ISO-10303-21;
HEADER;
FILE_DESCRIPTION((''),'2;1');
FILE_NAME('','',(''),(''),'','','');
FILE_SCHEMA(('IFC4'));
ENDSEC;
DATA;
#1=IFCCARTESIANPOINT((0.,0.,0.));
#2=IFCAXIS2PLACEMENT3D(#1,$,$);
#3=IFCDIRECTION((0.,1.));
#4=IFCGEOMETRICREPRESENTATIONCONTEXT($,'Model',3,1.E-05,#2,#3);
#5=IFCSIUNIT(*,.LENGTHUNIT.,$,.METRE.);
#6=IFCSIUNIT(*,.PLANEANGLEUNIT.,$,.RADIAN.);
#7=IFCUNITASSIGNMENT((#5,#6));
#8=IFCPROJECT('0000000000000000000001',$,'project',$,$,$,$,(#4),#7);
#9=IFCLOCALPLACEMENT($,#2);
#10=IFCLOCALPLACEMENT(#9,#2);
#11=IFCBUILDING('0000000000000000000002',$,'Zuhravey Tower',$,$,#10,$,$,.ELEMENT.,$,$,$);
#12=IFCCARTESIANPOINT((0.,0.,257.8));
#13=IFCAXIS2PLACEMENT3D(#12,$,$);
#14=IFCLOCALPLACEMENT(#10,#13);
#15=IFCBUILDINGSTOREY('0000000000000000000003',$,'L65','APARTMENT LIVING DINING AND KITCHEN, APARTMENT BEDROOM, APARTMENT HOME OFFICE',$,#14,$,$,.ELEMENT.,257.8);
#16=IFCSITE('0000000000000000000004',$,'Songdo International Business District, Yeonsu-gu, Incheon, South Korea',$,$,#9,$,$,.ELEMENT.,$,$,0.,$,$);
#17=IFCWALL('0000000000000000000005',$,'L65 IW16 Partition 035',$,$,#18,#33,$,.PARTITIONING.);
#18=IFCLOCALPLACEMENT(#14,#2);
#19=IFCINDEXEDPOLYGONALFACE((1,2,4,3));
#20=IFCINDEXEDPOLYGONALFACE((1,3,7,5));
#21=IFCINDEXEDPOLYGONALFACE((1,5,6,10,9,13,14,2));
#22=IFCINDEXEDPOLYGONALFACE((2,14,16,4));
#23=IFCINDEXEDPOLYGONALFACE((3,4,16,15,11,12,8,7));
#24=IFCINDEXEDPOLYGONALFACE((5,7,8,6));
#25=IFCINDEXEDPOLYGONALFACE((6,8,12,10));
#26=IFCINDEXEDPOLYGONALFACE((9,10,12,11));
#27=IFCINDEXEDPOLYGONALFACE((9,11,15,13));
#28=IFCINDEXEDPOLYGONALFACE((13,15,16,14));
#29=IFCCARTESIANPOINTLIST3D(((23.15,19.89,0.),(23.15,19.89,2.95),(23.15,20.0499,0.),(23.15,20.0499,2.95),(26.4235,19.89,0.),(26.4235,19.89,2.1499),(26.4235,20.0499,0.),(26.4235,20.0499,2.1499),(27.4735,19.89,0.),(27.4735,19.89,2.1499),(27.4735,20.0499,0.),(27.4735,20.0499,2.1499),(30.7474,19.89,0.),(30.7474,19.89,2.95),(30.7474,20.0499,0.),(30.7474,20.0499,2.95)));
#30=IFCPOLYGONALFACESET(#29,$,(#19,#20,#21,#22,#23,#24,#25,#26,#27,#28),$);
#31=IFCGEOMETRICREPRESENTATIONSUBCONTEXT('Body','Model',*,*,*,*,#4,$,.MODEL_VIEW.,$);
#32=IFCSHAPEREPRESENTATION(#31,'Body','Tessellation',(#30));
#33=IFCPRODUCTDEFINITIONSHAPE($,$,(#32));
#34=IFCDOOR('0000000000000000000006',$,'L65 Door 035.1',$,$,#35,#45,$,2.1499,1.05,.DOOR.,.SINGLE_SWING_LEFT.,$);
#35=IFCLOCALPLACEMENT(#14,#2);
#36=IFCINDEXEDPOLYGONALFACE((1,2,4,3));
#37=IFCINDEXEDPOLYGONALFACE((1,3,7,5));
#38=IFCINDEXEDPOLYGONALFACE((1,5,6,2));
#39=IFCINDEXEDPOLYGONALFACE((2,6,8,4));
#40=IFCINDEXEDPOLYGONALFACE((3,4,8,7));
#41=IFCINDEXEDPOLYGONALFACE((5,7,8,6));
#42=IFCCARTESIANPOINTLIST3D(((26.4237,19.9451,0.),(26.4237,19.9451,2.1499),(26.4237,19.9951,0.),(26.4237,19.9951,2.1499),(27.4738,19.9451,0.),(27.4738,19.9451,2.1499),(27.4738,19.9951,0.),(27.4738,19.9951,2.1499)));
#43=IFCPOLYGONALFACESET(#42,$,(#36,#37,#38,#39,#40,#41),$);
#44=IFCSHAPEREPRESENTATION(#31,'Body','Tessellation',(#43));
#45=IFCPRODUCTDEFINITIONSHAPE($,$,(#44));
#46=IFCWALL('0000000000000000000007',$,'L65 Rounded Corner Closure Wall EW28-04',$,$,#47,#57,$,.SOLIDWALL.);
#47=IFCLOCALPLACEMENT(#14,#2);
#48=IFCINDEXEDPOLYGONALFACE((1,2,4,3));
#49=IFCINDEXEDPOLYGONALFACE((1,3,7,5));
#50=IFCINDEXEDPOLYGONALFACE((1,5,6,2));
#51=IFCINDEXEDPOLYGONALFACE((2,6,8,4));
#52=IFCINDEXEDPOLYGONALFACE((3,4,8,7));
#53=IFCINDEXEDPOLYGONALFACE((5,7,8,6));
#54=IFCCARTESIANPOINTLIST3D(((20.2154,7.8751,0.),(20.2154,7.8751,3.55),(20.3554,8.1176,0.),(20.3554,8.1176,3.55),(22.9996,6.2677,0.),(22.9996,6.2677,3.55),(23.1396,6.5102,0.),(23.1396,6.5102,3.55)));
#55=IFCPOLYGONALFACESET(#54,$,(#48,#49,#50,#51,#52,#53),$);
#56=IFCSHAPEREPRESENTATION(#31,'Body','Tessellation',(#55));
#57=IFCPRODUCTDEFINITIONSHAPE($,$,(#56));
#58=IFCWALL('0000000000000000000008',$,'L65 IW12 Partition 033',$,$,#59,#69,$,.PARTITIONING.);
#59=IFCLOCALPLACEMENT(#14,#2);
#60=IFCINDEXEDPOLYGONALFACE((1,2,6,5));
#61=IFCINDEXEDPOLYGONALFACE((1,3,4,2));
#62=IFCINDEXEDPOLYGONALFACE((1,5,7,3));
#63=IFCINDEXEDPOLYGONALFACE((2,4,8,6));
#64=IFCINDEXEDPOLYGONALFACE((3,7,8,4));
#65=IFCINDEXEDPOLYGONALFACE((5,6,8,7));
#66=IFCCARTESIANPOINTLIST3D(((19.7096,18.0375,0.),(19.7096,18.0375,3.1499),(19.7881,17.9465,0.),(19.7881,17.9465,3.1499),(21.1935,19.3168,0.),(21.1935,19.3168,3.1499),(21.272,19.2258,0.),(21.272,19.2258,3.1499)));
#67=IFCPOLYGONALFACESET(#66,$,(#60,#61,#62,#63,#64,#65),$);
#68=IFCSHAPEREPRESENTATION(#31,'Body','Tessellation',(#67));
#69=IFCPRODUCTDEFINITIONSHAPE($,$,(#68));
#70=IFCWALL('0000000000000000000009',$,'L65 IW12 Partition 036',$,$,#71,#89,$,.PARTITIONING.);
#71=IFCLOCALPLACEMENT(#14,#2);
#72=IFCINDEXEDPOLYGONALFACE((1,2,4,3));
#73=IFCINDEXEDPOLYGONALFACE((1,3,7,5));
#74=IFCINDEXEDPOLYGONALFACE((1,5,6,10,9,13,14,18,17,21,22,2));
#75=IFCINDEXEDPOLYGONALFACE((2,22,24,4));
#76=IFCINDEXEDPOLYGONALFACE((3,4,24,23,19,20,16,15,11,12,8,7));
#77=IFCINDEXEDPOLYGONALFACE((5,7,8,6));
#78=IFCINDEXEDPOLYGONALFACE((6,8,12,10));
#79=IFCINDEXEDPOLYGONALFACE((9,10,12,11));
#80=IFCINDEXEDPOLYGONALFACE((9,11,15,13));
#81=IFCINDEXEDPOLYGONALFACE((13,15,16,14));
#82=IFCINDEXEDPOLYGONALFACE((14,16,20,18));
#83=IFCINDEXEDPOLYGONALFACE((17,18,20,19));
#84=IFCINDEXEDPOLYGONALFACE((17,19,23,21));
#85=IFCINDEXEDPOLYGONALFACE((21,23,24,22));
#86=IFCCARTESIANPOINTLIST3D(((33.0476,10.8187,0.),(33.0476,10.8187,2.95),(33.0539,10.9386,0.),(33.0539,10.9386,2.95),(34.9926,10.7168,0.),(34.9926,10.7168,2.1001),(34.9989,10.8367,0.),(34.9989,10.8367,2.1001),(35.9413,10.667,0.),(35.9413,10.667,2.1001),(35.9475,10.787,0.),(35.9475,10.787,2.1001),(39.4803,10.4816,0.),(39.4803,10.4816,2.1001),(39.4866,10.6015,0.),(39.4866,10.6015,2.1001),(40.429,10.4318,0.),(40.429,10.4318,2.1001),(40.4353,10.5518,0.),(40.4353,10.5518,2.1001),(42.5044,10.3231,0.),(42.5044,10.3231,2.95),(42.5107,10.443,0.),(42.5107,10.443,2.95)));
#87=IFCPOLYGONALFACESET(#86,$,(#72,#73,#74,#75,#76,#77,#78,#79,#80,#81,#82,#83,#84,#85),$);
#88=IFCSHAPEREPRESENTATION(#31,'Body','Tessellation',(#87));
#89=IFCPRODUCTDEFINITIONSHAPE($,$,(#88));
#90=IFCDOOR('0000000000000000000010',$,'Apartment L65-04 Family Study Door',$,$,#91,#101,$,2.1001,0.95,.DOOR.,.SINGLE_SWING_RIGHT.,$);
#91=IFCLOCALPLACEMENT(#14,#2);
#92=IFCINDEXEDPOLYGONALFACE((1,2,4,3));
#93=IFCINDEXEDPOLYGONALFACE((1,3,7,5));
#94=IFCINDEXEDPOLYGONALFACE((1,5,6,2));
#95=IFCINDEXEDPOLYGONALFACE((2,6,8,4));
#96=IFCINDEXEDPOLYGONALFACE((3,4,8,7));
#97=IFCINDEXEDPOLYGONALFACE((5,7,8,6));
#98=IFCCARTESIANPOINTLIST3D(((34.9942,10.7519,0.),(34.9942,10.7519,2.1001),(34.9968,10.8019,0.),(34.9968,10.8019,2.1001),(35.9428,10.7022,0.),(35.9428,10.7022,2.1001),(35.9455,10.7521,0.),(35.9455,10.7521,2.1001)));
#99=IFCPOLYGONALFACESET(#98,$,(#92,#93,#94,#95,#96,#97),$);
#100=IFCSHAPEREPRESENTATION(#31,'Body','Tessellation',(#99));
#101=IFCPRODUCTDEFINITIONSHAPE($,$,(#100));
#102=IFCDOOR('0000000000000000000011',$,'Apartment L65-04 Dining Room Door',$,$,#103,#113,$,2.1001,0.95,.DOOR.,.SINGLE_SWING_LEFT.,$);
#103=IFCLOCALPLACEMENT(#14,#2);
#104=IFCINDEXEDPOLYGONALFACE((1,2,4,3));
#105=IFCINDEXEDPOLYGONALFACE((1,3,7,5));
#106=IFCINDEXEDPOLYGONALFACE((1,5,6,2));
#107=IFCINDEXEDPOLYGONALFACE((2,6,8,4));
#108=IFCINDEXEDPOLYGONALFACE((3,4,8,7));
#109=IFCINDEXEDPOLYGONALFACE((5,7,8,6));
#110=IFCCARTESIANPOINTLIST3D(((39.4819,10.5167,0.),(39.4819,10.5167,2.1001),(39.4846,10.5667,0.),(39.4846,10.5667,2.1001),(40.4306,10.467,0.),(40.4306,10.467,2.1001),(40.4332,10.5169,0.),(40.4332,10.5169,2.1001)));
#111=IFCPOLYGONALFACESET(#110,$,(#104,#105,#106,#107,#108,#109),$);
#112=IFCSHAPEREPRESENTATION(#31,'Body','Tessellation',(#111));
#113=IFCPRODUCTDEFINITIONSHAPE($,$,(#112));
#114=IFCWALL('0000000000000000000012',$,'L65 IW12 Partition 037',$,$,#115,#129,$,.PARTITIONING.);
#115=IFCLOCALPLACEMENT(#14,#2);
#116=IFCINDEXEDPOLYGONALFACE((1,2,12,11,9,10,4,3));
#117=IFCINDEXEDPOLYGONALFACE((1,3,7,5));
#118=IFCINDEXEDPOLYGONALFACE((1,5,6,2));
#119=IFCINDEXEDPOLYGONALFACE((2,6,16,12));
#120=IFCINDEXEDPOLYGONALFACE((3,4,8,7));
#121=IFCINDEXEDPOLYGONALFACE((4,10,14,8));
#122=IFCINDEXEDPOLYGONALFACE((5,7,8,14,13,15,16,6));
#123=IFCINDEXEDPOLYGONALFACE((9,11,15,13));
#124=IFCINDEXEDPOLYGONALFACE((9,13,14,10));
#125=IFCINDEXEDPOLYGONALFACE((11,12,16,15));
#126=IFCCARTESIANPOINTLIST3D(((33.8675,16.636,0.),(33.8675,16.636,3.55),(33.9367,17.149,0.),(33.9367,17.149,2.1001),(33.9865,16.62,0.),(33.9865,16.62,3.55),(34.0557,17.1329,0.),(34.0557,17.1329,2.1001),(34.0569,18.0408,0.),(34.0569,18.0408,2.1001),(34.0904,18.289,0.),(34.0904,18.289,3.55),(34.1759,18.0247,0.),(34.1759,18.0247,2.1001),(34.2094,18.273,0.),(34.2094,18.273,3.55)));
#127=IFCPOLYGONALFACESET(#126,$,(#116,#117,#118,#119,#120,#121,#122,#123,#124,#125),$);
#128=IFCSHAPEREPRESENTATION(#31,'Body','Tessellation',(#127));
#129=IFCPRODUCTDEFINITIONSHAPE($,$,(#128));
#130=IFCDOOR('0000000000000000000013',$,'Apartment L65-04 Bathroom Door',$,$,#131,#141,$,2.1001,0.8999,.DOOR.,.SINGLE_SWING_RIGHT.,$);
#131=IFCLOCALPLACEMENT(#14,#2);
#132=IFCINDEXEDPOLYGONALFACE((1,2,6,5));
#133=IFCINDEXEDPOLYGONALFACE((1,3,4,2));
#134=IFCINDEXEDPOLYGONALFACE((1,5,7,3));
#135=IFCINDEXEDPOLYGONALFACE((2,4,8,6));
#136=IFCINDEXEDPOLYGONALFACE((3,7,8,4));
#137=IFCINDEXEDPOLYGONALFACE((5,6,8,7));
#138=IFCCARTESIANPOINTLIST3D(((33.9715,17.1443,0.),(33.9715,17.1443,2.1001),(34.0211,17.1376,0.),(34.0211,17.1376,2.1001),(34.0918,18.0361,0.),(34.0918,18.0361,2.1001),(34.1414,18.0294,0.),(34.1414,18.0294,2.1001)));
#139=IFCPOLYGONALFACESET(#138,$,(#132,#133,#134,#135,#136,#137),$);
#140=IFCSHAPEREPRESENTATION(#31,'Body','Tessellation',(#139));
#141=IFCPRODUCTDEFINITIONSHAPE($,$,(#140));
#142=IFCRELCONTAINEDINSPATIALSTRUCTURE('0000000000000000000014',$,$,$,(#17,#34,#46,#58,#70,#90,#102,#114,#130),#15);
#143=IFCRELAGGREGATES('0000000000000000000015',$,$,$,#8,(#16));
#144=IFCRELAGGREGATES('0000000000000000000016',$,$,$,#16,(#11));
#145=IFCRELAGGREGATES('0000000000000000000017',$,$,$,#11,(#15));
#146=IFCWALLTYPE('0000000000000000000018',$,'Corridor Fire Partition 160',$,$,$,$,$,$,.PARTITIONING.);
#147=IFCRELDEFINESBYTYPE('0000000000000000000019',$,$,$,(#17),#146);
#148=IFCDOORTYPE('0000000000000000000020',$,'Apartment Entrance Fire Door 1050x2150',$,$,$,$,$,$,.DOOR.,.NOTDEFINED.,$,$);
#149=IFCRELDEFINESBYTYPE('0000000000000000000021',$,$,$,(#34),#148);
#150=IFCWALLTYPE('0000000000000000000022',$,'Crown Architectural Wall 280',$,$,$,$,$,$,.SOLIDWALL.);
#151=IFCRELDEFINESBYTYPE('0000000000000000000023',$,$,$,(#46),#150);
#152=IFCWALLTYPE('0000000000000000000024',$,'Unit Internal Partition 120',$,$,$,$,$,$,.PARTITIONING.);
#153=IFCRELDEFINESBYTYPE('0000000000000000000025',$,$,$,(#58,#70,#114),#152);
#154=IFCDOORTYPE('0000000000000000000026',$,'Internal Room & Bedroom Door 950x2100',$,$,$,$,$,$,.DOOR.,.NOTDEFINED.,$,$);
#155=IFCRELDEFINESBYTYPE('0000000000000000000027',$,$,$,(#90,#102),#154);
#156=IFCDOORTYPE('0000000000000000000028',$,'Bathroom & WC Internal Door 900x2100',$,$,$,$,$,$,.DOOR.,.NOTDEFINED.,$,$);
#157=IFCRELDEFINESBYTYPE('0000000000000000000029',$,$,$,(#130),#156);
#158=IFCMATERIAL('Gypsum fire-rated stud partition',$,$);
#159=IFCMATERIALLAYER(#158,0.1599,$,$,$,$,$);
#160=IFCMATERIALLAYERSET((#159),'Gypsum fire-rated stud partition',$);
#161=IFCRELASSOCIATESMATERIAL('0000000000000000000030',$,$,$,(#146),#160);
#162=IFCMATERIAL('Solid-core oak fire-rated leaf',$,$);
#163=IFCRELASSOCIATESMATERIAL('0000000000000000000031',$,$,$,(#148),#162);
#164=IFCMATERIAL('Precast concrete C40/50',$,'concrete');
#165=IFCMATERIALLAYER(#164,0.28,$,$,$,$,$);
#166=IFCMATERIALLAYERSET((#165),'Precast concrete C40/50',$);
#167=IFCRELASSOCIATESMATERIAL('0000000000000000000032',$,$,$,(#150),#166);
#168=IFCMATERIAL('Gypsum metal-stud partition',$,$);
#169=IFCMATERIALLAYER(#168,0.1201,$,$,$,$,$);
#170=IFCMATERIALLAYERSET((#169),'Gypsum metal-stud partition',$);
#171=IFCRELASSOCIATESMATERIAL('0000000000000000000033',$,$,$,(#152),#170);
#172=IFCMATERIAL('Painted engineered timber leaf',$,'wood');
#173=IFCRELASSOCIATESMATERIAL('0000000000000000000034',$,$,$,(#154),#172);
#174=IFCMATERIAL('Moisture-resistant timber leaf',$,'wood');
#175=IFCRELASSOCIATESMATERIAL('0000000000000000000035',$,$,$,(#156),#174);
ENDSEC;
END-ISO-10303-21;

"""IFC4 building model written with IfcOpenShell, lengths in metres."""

from ifc_helpers import new_model, si_unit, direction, frame, frame_2d, origin, place, context, subcontext, project, spatial, rectangle, extrude, material, layer, layer_set, type_object, element, fill, save


model = new_model("IFC4")

# Units and contexts
model_context = context("Model", 3, precision=1e-05, world=origin(), true_north=direction((0.0, 1.0)))
body_context = subcontext(model_context, "Body", "Model", "MODEL_VIEW")
ifc_project = project(units=[si_unit("LENGTHUNIT", "METRE"), si_unit("PLANEANGLEUNIT", "RADIAN")], contexts=[model_context])

# Site, building, storey
site_placement = place(None, origin())
site = spatial("IfcSite", under=ifc_project, at=site_placement, Name="Songdo International Business District, Yeonsu-gu, Incheon, South Korea", CompositionType="ELEMENT", RefElevation=0.0)
building_placement = place(site_placement, origin())
building = spatial("IfcBuilding", under=site, at=building_placement, Name="Zuhravey Tower", CompositionType="ELEMENT")
storey_placement = place(building_placement, frame((0.0, 0.0, 257.8)))
storey = spatial("IfcBuildingStorey", under=building, at=storey_placement, Name="L65", Description="APARTMENT LIVING DINING AND KITCHEN, APARTMENT BEDROOM, APARTMENT HOME OFFICE", CompositionType="ELEMENT", Elevation=257.8)

# Wall, opening, door
ifc_material_1 = material(Name="Gypsum fire-rated stud partition")
ifc_layer_1 = layer(ifc_material_1, 0.1599)
ifc_layer_set_1 = layer_set([ifc_layer_1], Name="Gypsum fire-rated stud partition")
wall_type_1 = type_object("IfcWallType", Name="Corridor Fire Partition 160", PredefinedType="PARTITIONING", material=ifc_layer_set_1)
wall_1_placement = place(storey_placement, frame((23.1499, 19.97, 0.0), z_axis=(0.0, 0.0, 1.0), x_axis=(1.0, 0.0, 0.0)))
wall_1 = element("IfcWall", 1, at=wall_1_placement, inside=storey, type_object=wall_type_1, Name="L65 IW16 Partition 035", PredefinedType="PARTITIONING", context=body_context, shape_type="SweptSolid", body=[
    extrude(rectangle(XDim=7.5974, YDim=0.1599, at=frame_2d((3.7988, 0.0))), origin(), (0.0, 0.0, 1.0), 2.95),
])
opening_1_placement = place(wall_1_placement, frame((3.2737, 0.0, 0.0)))
opening_1 = element("IfcOpeningElement", 2, at=opening_1_placement, cuts=wall_1, PredefinedType="OPENING", context=body_context, shape_type="SweptSolid", body=[
    extrude(rectangle(XDim=1.05, YDim=2.1499, at=frame_2d((0.5249, 1.075))), frame((0.0, 0.092, 0.0), z_axis=(0.0, -1.0, 0.0), x_axis=(1.0, 0.0, 0.0)), (0.0, 0.0, 1.0), 0.1838),
])
ifc_material_2 = material(Name="Solid-core oak fire-rated leaf")
door_type_1 = type_object("IfcDoorType", Name="Apartment Entrance Fire Door 1050x2150", OperationType="NOTDEFINED", PredefinedType="DOOR", material=ifc_material_2)
door_1_placement = place(opening_1_placement, frame((1.05, 0.0, 0.0), z_axis=(0.0, 0.0, 1.0), x_axis=(-1.0, 0.0, 0.0)))
door_1 = element("IfcDoor", 3, at=door_1_placement, inside=storey, type_object=door_type_1, Name="L65 Door 035.1", OperationType="SINGLE_SWING_LEFT", OverallHeight=2.1499, OverallWidth=1.05, PredefinedType="DOOR", context=body_context, shape_type="SweptSolid", body=[
    extrude(rectangle(XDim=1.05, YDim=2.1499, at=frame_2d((0.5249, 1.075))), frame((0.0, 0.0249, 0.0), z_axis=(0.0, -1.0, 0.0), x_axis=(1.0, 0.0, 0.0)), (0.0, 0.0, 1.0), 0.05),
])
fill(opening_1, door_1)

# Walls
ifc_material_3 = material(Name="Precast concrete C40/50", Category="concrete")
ifc_layer_2 = layer(ifc_material_3, 0.28)
ifc_layer_set_2 = layer_set([ifc_layer_2], Name="Precast concrete C40/50")
wall_type_2 = type_object("IfcWallType", Name="Crown Architectural Wall 280", PredefinedType="SOLIDWALL", material=ifc_layer_set_2)
wall_2_placement = place(storey_placement, frame((23.0696, 6.3889, 0.0), z_axis=(0.0, 0.0, 1.0), x_axis=(-0.866029, 0.499994, 0.0)))
element("IfcWall", 4, at=wall_2_placement, inside=storey, type_object=wall_type_2, Name="L65 Rounded Corner Closure Wall EW28-04", PredefinedType="SOLIDWALL", context=body_context, shape_type="SweptSolid", body=[
    extrude(rectangle(XDim=3.2148, YDim=0.28, at=frame_2d((1.6074, 0.0))), origin(), (0.0, 0.0, 1.0), 3.55),
])
ifc_material_4 = material(Name="Gypsum metal-stud partition")
ifc_layer_3 = layer(ifc_material_4, 0.1201)
ifc_layer_set_3 = layer_set([ifc_layer_3], Name="Gypsum metal-stud partition")
wall_type_3 = type_object("IfcWallType", Name="Unit Internal Partition 120", PredefinedType="PARTITIONING", material=ifc_layer_set_3)
wall_3_placement = place(storey_placement, frame((21.2327, 19.2712, 0.0), z_axis=(0.0, 0.0, 1.0), x_axis=(-0.757389, -0.652964, 0.0)))
element("IfcWall", 5, at=wall_3_placement, inside=storey, type_object=wall_type_3, Name="L65 IW12 Partition 033", PredefinedType="PARTITIONING", context=body_context, shape_type="SweptSolid", body=[
    extrude(rectangle(XDim=1.9592, YDim=0.1201, at=frame_2d((0.9795, 0.0))), origin(), (0.0, 0.0, 1.0), 3.1499),
])

# Wall, openings, doors
wall_4_placement = place(storey_placement, frame((33.0508, 10.8787, 0.0), z_axis=(0.0, 0.0, 1.0), x_axis=(0.99863, -0.052336, 0.0)))
wall_4 = element("IfcWall", 6, at=wall_4_placement, inside=storey, type_object=wall_type_3, Name="L65 IW12 Partition 036", PredefinedType="PARTITIONING", context=body_context, shape_type="SweptSolid", body=[
    extrude(rectangle(XDim=9.4697, YDim=0.1201, at=frame_2d((4.7349, 0.0))), origin(), (0.0, 0.0, 1.0), 2.95),
])
opening_2_placement = place(wall_4_placement, frame((1.9475, 0.0, 0.0)))
opening_2 = element("IfcOpeningElement", 7, at=opening_2_placement, cuts=wall_4, PredefinedType="OPENING", context=body_context, shape_type="SweptSolid", body=[
    extrude(rectangle(XDim=0.95, YDim=2.1001, at=frame_2d((0.4751, 1.05))), frame((0.0, 0.072, 0.0), z_axis=(0.0, -1.0, 0.0), x_axis=(1.0, 0.0, 0.0)), (0.0, 0.0, 1.0), 0.144),
])
opening_3_placement = place(wall_4_placement, frame((6.4414, 0.0, 0.0)))
opening_3 = element("IfcOpeningElement", 8, at=opening_3_placement, cuts=wall_4, PredefinedType="OPENING", context=body_context, shape_type="SweptSolid", body=[
    extrude(rectangle(XDim=0.95, YDim=2.1001, at=frame_2d((0.4751, 1.05))), frame((0.0, 0.072, 0.0), z_axis=(0.0, -1.0, 0.0), x_axis=(1.0, 0.0, 0.0)), (0.0, 0.0, 1.0), 0.144),
])
ifc_material_5 = material(Name="Painted engineered timber leaf", Category="wood")
door_type_2 = type_object("IfcDoorType", Name="Internal Room & Bedroom Door 950x2100", OperationType="NOTDEFINED", PredefinedType="DOOR", material=ifc_material_5)
door_2_placement = place(opening_2_placement, frame((0.95, 0.0, 0.0), z_axis=(0.0, 0.0, 1.0), x_axis=(-1.0, 0.0, 0.0)))
door_2 = element("IfcDoor", 9, at=door_2_placement, inside=storey, type_object=door_type_2, Name="Apartment L65-04 Family Study Door", OperationType="SINGLE_SWING_RIGHT", OverallHeight=2.1001, OverallWidth=0.95, PredefinedType="DOOR", context=body_context, shape_type="SweptSolid", body=[
    extrude(rectangle(XDim=0.95, YDim=2.1001, at=frame_2d((0.4751, 1.05))), frame((0.0, 0.0249, 0.0), z_axis=(0.0, -1.0, 0.0), x_axis=(1.0, 0.0, 0.0)), (0.0, 0.0, 1.0), 0.05),
])
fill(opening_2, door_2)
door_3_placement = place(opening_3_placement, frame((0.95, 0.0, 0.0), z_axis=(0.0, 0.0, 1.0), x_axis=(-1.0, 0.0, 0.0)))
door_3 = element("IfcDoor", 10, at=door_3_placement, inside=storey, type_object=door_type_2, Name="Apartment L65-04 Dining Room Door", OperationType="SINGLE_SWING_LEFT", OverallHeight=2.1001, OverallWidth=0.95, PredefinedType="DOOR", context=body_context, shape_type="SweptSolid", body=[
    extrude(rectangle(XDim=0.95, YDim=2.1001, at=frame_2d((0.4751, 1.05))), frame((0.0, 0.0249, 0.0), z_axis=(0.0, -1.0, 0.0), x_axis=(1.0, 0.0, 0.0)), (0.0, 0.0, 1.0), 0.05),
])
fill(opening_3, door_3)

# Wall, opening, door
wall_5_placement = place(storey_placement, frame((34.1499, 18.281, 0.0), z_axis=(0.0, 0.0, 1.0), x_axis=(-0.13363, -0.991031, 0.0)))
wall_5 = element("IfcWall", 11, at=wall_5_placement, inside=storey, type_object=wall_type_3, Name="L65 IW12 Partition 037", PredefinedType="PARTITIONING", context=body_context, shape_type="SweptSolid", body=[
    extrude(rectangle(XDim=1.668, YDim=0.1201, at=frame_2d((0.834, 0.0))), origin(), (0.0, 0.0, 1.0), 3.55),
])
opening_4_placement = place(wall_5_placement, frame((0.2505, 0.0, 0.0)))
opening_4 = element("IfcOpeningElement", 12, at=opening_4_placement, cuts=wall_5, PredefinedType="OPENING", context=body_context, shape_type="SweptSolid", body=[
    extrude(rectangle(XDim=0.8999, YDim=2.1001, at=frame_2d((0.45, 1.05))), frame((0.0, 0.072, 0.0), z_axis=(0.0, -1.0, 0.0), x_axis=(1.0, 0.0, 0.0)), (0.0, 0.0, 1.0), 0.144),
])
ifc_material_6 = material(Name="Moisture-resistant timber leaf", Category="wood")
door_type_3 = type_object("IfcDoorType", Name="Bathroom & WC Internal Door 900x2100", OperationType="NOTDEFINED", PredefinedType="DOOR", material=ifc_material_6)
door_4_placement = place(opening_4_placement, frame((0.8999, 0.0, 0.0), z_axis=(0.0, 0.0, 1.0), x_axis=(-1.0, 0.0, 0.0)))
door_4 = element("IfcDoor", 13, at=door_4_placement, inside=storey, type_object=door_type_3, Name="Apartment L65-04 Bathroom Door", OperationType="SINGLE_SWING_RIGHT", OverallHeight=2.1001, OverallWidth=0.8999, PredefinedType="DOOR", context=body_context, shape_type="SweptSolid", body=[
    extrude(rectangle(XDim=0.8999, YDim=2.1001, at=frame_2d((0.45, 1.05))), frame((0.0, 0.0249, 0.0), z_axis=(0.0, -1.0, 0.0), x_axis=(1.0, 0.0, 0.0)), (0.0, 0.0, 1.0), 0.05),
])
fill(opening_4, door_4)

save(model, "model.ifc")
